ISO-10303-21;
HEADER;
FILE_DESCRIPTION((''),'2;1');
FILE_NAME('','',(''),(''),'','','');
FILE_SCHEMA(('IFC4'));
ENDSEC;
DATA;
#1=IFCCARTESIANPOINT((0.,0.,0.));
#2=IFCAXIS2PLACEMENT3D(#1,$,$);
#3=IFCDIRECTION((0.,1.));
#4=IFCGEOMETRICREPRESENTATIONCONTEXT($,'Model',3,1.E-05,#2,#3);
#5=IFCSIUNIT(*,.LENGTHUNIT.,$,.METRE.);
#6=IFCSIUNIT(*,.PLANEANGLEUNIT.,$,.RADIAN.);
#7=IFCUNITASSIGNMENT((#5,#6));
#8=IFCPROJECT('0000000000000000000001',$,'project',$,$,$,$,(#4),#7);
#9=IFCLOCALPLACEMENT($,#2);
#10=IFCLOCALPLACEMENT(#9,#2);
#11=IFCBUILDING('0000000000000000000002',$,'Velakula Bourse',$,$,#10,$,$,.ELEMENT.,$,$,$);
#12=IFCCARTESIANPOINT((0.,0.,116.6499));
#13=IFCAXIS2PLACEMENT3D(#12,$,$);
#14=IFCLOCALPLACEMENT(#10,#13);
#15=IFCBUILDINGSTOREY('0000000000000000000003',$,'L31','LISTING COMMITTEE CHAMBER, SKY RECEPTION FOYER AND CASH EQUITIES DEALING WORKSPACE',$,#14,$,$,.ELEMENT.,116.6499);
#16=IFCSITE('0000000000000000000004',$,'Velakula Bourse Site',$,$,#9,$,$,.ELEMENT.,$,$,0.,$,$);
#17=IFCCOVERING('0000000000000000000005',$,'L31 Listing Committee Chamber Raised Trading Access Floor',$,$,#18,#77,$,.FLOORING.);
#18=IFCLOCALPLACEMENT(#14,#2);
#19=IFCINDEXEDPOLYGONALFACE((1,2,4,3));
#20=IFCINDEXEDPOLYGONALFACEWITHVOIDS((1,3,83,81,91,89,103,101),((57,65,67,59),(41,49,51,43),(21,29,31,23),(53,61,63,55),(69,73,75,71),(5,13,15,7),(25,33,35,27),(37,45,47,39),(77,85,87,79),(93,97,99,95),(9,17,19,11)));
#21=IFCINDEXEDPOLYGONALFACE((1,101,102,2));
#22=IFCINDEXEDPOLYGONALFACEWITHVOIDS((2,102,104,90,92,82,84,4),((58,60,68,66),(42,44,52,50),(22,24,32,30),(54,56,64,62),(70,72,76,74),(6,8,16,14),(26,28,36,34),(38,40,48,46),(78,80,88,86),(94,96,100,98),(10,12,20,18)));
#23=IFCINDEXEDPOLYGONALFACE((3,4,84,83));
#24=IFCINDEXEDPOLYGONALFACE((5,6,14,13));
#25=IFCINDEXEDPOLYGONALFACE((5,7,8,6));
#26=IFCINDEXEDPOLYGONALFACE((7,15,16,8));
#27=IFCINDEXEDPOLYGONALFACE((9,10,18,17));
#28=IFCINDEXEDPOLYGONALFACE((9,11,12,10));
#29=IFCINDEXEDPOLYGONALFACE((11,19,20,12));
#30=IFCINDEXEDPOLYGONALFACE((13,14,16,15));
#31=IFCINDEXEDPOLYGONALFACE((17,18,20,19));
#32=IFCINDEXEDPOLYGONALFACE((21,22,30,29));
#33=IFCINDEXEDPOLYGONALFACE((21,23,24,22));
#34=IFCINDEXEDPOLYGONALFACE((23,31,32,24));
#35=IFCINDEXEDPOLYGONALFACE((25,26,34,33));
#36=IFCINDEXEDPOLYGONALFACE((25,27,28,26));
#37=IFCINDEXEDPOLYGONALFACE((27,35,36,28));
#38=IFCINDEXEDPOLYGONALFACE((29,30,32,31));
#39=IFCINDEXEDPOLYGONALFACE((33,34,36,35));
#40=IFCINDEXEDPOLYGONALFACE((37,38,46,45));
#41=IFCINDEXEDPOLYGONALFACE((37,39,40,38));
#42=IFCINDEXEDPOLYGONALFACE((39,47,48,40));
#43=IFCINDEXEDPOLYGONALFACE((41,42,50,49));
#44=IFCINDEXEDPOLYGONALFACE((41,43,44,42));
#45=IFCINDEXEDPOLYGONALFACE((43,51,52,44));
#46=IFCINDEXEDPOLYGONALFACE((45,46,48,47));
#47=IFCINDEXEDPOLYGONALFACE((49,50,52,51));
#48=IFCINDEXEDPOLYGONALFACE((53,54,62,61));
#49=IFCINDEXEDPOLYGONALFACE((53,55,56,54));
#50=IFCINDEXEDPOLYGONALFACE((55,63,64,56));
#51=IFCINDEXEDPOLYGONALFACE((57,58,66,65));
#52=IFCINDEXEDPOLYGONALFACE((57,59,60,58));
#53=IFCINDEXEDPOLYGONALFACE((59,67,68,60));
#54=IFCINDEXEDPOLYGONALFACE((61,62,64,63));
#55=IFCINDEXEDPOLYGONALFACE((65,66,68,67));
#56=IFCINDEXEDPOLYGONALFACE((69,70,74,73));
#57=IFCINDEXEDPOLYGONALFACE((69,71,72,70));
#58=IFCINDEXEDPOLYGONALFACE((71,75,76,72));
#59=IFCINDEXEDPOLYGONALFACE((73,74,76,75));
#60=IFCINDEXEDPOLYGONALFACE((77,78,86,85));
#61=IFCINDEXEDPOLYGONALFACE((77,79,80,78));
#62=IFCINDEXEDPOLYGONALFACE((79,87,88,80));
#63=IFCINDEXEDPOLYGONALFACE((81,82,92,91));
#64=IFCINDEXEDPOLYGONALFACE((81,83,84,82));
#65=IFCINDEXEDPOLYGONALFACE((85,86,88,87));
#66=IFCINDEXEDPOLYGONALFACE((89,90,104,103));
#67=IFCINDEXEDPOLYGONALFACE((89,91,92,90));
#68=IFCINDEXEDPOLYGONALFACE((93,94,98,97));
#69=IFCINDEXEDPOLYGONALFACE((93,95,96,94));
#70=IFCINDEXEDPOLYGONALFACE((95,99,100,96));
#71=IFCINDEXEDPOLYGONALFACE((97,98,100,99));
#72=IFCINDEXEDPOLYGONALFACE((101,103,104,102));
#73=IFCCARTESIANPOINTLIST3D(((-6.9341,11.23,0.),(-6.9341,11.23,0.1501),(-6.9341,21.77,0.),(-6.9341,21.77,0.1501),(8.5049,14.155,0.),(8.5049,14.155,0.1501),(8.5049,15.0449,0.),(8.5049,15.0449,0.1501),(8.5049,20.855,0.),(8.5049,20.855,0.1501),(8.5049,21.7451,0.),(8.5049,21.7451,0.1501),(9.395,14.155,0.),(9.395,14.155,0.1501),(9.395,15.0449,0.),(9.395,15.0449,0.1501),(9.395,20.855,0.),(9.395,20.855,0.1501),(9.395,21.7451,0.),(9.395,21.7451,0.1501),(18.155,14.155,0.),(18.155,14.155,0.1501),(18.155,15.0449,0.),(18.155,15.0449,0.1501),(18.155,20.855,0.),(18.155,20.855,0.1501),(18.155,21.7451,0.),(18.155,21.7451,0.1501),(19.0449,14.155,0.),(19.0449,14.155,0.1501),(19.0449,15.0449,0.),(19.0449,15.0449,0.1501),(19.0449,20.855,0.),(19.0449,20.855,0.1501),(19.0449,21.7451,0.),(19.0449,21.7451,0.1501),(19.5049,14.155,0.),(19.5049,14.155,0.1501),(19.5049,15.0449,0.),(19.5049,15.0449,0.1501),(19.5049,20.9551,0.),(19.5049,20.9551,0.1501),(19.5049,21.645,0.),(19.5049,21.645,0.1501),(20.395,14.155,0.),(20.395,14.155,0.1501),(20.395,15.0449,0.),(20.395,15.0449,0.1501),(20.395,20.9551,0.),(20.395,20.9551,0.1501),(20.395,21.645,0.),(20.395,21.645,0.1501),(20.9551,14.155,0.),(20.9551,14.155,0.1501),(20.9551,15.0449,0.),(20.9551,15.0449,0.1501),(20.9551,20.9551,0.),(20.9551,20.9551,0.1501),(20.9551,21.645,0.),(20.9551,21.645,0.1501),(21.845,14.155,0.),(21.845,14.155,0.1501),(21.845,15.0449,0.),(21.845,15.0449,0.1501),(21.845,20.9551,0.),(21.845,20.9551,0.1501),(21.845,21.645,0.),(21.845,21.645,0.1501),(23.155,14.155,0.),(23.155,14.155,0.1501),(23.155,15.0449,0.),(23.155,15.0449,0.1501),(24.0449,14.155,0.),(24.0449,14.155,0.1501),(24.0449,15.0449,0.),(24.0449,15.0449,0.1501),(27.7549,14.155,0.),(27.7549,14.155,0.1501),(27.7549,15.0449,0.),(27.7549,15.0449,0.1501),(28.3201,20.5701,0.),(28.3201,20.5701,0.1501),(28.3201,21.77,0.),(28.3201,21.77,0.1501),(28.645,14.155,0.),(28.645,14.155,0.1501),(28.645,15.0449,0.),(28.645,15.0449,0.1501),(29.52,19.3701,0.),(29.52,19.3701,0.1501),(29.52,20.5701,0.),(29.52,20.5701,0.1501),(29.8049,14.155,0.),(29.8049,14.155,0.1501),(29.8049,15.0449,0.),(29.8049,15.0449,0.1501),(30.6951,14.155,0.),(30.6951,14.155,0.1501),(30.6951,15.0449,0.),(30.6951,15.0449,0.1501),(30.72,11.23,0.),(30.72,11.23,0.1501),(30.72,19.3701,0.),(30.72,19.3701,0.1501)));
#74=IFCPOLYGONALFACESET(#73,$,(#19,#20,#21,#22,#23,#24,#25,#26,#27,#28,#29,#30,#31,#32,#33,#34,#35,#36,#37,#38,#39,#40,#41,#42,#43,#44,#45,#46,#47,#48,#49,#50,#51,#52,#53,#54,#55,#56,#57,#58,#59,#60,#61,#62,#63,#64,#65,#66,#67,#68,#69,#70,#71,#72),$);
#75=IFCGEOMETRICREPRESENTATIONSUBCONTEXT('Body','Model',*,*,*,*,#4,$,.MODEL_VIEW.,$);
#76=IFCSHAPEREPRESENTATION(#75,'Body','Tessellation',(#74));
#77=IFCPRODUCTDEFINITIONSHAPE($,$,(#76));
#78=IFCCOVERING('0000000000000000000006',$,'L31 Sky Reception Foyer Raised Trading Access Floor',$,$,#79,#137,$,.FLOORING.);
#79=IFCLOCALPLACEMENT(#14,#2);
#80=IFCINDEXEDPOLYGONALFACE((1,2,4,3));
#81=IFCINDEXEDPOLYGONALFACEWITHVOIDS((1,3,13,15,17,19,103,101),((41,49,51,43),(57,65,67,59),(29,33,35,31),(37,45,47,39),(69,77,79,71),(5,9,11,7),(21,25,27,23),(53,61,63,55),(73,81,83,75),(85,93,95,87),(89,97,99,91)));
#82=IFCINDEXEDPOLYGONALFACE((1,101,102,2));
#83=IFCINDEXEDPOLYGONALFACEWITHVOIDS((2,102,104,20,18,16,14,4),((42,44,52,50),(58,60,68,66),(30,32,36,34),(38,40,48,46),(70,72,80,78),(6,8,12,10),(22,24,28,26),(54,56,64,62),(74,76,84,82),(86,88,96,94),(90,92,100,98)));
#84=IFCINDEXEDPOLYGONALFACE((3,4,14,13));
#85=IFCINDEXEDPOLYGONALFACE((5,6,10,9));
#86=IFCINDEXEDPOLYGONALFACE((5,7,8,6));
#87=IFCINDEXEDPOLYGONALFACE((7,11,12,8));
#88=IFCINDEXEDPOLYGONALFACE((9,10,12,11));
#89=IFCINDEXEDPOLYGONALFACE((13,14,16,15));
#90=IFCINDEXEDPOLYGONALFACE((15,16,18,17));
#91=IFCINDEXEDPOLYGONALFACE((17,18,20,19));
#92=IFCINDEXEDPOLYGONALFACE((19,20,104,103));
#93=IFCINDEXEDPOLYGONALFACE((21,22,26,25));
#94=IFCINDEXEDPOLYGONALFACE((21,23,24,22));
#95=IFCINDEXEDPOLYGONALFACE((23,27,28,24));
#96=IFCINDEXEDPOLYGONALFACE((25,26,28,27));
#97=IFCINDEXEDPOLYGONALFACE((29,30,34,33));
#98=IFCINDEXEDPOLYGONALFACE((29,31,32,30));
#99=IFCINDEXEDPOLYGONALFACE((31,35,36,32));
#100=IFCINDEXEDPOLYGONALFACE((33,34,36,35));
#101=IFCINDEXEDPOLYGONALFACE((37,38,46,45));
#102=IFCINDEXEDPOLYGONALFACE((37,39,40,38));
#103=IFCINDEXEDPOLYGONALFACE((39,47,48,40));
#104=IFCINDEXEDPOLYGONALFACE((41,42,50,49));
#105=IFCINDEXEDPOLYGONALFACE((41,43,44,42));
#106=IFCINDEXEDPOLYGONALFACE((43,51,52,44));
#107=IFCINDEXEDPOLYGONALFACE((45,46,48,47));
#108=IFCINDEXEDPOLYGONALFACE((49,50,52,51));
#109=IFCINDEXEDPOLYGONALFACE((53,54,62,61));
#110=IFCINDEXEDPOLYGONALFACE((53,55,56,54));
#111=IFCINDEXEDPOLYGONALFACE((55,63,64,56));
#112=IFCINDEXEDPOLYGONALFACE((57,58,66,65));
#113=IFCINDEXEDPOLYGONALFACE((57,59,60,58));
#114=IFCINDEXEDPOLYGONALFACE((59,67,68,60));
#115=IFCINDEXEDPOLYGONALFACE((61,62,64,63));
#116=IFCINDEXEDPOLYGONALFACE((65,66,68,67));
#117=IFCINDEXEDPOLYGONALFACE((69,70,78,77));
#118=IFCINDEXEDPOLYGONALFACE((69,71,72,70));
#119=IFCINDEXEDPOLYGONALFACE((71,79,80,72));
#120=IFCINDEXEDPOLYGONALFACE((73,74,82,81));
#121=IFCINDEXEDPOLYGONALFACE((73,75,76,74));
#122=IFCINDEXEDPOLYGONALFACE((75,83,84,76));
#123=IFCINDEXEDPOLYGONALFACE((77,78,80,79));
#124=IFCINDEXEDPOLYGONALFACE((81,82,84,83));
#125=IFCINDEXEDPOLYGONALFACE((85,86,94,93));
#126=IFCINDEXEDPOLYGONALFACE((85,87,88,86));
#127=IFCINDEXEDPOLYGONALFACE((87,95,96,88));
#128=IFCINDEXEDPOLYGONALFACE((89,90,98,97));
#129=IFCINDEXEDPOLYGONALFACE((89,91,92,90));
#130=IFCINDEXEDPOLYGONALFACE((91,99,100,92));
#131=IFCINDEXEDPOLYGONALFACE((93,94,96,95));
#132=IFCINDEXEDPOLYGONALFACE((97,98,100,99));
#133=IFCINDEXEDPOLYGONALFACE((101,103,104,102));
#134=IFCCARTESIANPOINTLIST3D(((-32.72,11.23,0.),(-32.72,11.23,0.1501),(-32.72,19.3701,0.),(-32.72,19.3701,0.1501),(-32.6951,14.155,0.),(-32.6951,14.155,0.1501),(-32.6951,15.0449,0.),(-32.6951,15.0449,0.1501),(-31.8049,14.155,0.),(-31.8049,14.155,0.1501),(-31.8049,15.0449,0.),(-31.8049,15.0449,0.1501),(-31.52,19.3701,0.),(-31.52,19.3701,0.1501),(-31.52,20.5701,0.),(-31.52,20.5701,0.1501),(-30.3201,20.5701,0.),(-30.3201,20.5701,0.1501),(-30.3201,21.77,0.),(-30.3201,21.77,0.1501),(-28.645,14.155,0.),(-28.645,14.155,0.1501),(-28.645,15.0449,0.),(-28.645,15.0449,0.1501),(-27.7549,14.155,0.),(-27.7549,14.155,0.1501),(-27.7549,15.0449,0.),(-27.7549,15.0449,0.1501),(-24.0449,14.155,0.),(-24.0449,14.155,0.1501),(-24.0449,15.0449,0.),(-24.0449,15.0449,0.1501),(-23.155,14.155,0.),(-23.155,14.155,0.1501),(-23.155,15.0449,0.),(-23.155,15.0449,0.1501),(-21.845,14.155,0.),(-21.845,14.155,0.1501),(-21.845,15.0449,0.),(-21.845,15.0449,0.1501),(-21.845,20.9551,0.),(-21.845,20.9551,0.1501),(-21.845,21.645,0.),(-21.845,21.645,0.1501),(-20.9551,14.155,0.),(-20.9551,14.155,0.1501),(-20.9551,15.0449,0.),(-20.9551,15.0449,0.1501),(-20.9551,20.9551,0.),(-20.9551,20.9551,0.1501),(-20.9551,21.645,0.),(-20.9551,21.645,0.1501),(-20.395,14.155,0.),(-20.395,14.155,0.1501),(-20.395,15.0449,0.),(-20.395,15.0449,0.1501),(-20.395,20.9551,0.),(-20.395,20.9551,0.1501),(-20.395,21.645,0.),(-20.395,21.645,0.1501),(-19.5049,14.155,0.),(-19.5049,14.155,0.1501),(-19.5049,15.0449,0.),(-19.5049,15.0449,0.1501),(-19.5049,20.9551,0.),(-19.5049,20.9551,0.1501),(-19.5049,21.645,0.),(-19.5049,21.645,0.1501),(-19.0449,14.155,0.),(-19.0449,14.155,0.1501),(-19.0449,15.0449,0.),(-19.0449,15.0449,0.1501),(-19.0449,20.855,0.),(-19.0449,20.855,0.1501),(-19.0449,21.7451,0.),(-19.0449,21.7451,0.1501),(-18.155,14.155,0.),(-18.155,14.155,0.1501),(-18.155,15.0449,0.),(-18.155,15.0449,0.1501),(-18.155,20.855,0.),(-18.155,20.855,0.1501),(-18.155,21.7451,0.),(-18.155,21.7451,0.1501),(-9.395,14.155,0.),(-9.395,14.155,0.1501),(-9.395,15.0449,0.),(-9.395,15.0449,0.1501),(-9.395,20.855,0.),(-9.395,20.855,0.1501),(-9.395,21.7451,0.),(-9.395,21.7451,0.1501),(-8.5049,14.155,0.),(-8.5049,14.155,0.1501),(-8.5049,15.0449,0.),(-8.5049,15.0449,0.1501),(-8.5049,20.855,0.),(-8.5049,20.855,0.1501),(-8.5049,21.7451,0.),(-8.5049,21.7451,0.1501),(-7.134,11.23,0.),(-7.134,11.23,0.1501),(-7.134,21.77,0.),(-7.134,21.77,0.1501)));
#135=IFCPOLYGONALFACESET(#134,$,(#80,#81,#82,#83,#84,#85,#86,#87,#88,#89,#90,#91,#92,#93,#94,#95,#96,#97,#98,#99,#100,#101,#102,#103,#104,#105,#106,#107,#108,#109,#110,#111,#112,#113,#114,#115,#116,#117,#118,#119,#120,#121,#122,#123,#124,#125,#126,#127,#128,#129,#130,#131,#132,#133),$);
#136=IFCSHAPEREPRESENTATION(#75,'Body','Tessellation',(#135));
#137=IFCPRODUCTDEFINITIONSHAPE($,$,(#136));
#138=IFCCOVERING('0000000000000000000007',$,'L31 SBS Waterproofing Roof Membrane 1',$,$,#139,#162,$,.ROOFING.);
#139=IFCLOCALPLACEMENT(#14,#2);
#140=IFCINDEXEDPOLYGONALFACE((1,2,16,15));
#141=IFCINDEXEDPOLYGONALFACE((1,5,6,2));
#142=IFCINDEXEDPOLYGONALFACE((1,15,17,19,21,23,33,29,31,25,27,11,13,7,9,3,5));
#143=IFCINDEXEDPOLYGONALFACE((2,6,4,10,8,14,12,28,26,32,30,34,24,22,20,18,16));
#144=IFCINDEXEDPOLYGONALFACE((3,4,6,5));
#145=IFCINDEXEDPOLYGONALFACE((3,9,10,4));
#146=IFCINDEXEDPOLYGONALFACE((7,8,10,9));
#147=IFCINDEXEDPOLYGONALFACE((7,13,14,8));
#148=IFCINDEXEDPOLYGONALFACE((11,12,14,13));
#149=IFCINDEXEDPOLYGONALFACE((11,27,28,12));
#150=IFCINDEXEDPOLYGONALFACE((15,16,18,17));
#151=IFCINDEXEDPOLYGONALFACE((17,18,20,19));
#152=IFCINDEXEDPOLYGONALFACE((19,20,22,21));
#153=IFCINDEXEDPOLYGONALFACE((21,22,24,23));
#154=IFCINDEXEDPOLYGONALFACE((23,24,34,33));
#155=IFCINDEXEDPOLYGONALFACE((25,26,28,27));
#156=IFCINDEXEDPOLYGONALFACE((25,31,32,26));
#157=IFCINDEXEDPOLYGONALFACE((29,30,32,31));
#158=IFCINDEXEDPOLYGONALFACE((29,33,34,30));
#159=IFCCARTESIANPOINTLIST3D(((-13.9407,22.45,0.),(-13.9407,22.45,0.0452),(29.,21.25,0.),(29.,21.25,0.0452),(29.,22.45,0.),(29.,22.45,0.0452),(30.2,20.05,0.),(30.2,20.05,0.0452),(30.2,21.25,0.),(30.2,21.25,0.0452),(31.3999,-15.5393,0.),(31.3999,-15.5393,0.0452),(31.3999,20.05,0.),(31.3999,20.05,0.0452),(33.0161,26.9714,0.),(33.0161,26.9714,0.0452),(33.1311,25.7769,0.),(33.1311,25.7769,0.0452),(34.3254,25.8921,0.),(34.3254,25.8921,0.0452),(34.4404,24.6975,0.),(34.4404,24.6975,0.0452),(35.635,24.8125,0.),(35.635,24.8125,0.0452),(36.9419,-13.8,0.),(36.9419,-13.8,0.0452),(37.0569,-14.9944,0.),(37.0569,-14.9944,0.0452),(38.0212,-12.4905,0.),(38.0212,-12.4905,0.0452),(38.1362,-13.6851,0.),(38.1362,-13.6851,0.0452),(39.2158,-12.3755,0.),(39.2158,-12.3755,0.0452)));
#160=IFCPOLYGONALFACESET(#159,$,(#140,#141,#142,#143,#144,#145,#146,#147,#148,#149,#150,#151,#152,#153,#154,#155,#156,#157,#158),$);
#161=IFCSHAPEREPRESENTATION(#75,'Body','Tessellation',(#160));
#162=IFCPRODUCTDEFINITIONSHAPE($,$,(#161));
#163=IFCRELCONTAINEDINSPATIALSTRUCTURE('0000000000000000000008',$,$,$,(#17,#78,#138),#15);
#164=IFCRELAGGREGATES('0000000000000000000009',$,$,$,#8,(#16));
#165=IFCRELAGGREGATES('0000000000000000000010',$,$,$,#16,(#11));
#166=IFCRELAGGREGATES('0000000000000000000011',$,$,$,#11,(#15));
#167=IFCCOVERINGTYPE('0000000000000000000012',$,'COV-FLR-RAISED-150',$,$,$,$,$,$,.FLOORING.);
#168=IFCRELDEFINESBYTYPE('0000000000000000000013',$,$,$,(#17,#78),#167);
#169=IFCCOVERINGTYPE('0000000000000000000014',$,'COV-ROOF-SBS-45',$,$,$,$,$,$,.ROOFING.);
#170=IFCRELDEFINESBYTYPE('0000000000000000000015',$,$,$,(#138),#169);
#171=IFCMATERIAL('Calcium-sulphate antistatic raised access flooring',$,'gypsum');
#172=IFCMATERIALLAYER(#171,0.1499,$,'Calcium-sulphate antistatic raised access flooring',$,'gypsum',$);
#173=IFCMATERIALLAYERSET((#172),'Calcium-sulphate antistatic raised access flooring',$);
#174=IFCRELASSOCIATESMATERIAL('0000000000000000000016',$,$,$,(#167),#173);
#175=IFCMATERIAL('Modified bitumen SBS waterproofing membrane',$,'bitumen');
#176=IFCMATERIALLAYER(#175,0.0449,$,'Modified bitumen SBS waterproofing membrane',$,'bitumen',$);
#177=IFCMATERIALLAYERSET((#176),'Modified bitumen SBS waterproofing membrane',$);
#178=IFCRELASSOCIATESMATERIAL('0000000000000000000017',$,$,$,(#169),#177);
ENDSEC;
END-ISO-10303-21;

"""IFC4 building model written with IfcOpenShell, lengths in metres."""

from ifc_helpers import new_model, si_unit, direction, frame, origin, place, context, subcontext, project, spatial, polyline, outline, extrude, material, layer, layer_set, type_object, element, save


model = new_model("IFC4")

# Units and contexts
model_context = context("Model", 3, precision=1e-05, world=origin(), true_north=direction((0.0, 1.0)))
body_context = subcontext(model_context, "Body", "Model", "MODEL_VIEW")
ifc_project = project(units=[si_unit("LENGTHUNIT", "METRE"), si_unit("PLANEANGLEUNIT", "RADIAN")], contexts=[model_context])

# Site, building, storey
site_placement = place(None, origin())
site = spatial("IfcSite", under=ifc_project, at=site_placement, Name="Velakula Bourse Site", CompositionType="ELEMENT", RefElevation=0.0)
building_placement = place(site_placement, origin())
building = spatial("IfcBuilding", under=site, at=building_placement, Name="Velakula Bourse", CompositionType="ELEMENT")
storey_placement = place(building_placement, frame((0.0, 0.0, 116.6499)))
storey = spatial("IfcBuildingStorey", under=building, at=storey_placement, Name="L31", Description="LISTING COMMITTEE CHAMBER, SKY RECEPTION FOYER AND CASH EQUITIES DEALING WORKSPACE", CompositionType="ELEMENT", Elevation=116.6499)

# Coverings
ifc_material_1 = material(Name="Calcium-sulphate antistatic raised access flooring", Category="gypsum")
ifc_layer_1 = layer(ifc_material_1, 0.1499, Name="Calcium-sulphate antistatic raised access flooring", Category="gypsum")
ifc_layer_set_1 = layer_set([ifc_layer_1], Name="Calcium-sulphate antistatic raised access flooring")
covering_type_1 = type_object("IfcCoveringType", Name="COV-FLR-RAISED-150", PredefinedType="FLOORING", material=ifc_layer_set_1)
covering_1_placement = place(storey_placement, origin())
element("IfcCovering", 1, at=covering_1_placement, inside=storey, type_object=covering_type_1, Name="L31 Listing Committee Chamber Raised Trading Access Floor", PredefinedType="FLOORING", context=body_context, shape_type="SweptSolid", body=[
    extrude(outline(polyline([(28.3201, 20.5701), (29.52, 20.5701), (29.52, 19.3701), (30.72, 19.3701), (30.72, 11.23), (-6.9341, 11.23), (-6.9341, 21.77), (28.3201, 21.77), (28.3201, 20.5701)]), holes=[polyline([(8.5049, 15.0449), (8.5049, 14.155), (9.395, 14.155), (9.395, 15.0449), (8.5049, 15.0449)]), polyline([(8.5049, 20.855), (9.395, 20.855), (9.395, 21.7451), (8.5049, 21.7451), (8.5049, 20.855)]), polyline([(18.155, 21.7451), (18.155, 20.855), (19.0449, 20.855), (19.0449, 21.7451), (18.155, 21.7451)]), polyline([(29.8049, 14.155), (30.6951, 14.155), (30.6951, 15.0449), (29.8049, 15.0449), (29.8049, 14.155)]), polyline([(27.7549, 15.0449), (27.7549, 14.155), (28.645, 14.155), (28.645, 15.0449), (27.7549, 15.0449)]), polyline([(23.155, 15.0449), (23.155, 14.155), (24.0449, 14.155), (24.0449, 15.0449), (23.155, 15.0449)]), polyline([(20.9551, 14.155), (21.845, 14.155), (21.845, 15.0449), (20.9551, 15.0449), (20.9551, 14.155)]), polyline([(19.5049, 14.155), (20.395, 14.155), (20.395, 15.0449), (19.5049, 15.0449), (19.5049, 14.155)]), polyline([(18.155, 14.155), (19.0449, 14.155), (19.0449, 15.0449), (18.155, 15.0449), (18.155, 14.155)]), polyline([(20.9551, 21.645), (20.9551, 20.9551), (21.845, 20.9551), (21.845, 21.645), (20.9551, 21.645)]), polyline([(19.5049, 21.645), (19.5049, 20.9551), (20.395, 20.9551), (20.395, 21.645), (19.5049, 21.645)])]), origin(), (0.0, 0.0, 1.0), 0.1501),
])
covering_2_placement = place(storey_placement, origin())
element("IfcCovering", 2, at=covering_2_placement, inside=storey, type_object=covering_type_1, Name="L31 Sky Reception Foyer Raised Trading Access Floor", PredefinedType="FLOORING", context=body_context, shape_type="SweptSolid", body=[
    extrude(outline(polyline([(-31.52, 20.5701), (-30.3201, 20.5701), (-30.3201, 21.77), (-7.134, 21.77), (-7.134, 11.23), (-32.72, 11.23), (-32.72, 19.3701), (-31.52, 19.3701), (-31.52, 20.5701)]), holes=[polyline([(-32.6951, 15.0449), (-32.6951, 14.155), (-31.8049, 14.155), (-31.8049, 15.0449), (-32.6951, 15.0449)]), polyline([(-21.845, 15.0449), (-21.845, 14.155), (-20.9551, 14.155), (-20.9551, 15.0449), (-21.845, 15.0449)]), polyline([(-24.0449, 14.155), (-23.155, 14.155), (-23.155, 15.0449), (-24.0449, 15.0449), (-24.0449, 14.155)]), polyline([(-28.645, 14.155), (-27.7549, 14.155), (-27.7549, 15.0449), (-28.645, 15.0449), (-28.645, 14.155)]), polyline([(-20.395, 14.155), (-19.5049, 14.155), (-19.5049, 15.0449), (-20.395, 15.0449), (-20.395, 14.155)]), polyline([(-19.0449, 15.0449), (-19.0449, 14.155), (-18.155, 14.155), (-18.155, 15.0449), (-19.0449, 15.0449)]), polyline([(-21.845, 21.645), (-21.845, 20.9551), (-20.9551, 20.9551), (-20.9551, 21.645), (-21.845, 21.645)]), polyline([(-20.395, 20.9551), (-19.5049, 20.9551), (-19.5049, 21.645), (-20.395, 21.645), (-20.395, 20.9551)]), polyline([(-19.0449, 20.855), (-18.155, 20.855), (-18.155, 21.7451), (-19.0449, 21.7451), (-19.0449, 20.855)]), polyline([(-9.395, 14.155), (-8.5049, 14.155), (-8.5049, 15.0449), (-9.395, 15.0449), (-9.395, 14.155)]), polyline([(-9.395, 20.855), (-8.5049, 20.855), (-8.5049, 21.7451), (-9.395, 21.7451), (-9.395, 20.855)])]), origin(), (0.0, 0.0, 1.0), 0.1501),
])
ifc_material_2 = material(Name="Modified bitumen SBS waterproofing membrane", Category="bitumen")
ifc_layer_2 = layer(ifc_material_2, 0.0449, Name="Modified bitumen SBS waterproofing membrane", Category="bitumen")
ifc_layer_set_2 = layer_set([ifc_layer_2], Name="Modified bitumen SBS waterproofing membrane")
covering_type_2 = type_object("IfcCoveringType", Name="COV-ROOF-SBS-45", PredefinedType="ROOFING", material=ifc_layer_set_2)
covering_3_placement = place(storey_placement, origin())
element("IfcCovering", 3, at=covering_3_placement, inside=storey, type_object=covering_type_2, Name="L31 SBS Waterproofing Roof Membrane 1", PredefinedType="ROOFING", context=body_context, shape_type="SweptSolid", body=[
    extrude(outline(polyline([(29.0, 21.25), (29.0, 22.45), (-13.9407, 22.45), (33.0161, 26.9714), (33.1311, 25.7769), (34.3254, 25.8921), (34.4404, 24.6975), (35.635, 24.8125), (39.2158, -12.3755), (38.0212, -12.4905), (38.1362, -13.6851), (36.9419, -13.8), (37.0569, -14.9944), (31.3999, -15.5393), (31.3999, 20.05), (30.2, 20.05), (30.2, 21.25), (29.0, 21.25)])), origin(), (0.0, 0.0, 1.0), 0.0452),
])

save(model, "model.ifc")
